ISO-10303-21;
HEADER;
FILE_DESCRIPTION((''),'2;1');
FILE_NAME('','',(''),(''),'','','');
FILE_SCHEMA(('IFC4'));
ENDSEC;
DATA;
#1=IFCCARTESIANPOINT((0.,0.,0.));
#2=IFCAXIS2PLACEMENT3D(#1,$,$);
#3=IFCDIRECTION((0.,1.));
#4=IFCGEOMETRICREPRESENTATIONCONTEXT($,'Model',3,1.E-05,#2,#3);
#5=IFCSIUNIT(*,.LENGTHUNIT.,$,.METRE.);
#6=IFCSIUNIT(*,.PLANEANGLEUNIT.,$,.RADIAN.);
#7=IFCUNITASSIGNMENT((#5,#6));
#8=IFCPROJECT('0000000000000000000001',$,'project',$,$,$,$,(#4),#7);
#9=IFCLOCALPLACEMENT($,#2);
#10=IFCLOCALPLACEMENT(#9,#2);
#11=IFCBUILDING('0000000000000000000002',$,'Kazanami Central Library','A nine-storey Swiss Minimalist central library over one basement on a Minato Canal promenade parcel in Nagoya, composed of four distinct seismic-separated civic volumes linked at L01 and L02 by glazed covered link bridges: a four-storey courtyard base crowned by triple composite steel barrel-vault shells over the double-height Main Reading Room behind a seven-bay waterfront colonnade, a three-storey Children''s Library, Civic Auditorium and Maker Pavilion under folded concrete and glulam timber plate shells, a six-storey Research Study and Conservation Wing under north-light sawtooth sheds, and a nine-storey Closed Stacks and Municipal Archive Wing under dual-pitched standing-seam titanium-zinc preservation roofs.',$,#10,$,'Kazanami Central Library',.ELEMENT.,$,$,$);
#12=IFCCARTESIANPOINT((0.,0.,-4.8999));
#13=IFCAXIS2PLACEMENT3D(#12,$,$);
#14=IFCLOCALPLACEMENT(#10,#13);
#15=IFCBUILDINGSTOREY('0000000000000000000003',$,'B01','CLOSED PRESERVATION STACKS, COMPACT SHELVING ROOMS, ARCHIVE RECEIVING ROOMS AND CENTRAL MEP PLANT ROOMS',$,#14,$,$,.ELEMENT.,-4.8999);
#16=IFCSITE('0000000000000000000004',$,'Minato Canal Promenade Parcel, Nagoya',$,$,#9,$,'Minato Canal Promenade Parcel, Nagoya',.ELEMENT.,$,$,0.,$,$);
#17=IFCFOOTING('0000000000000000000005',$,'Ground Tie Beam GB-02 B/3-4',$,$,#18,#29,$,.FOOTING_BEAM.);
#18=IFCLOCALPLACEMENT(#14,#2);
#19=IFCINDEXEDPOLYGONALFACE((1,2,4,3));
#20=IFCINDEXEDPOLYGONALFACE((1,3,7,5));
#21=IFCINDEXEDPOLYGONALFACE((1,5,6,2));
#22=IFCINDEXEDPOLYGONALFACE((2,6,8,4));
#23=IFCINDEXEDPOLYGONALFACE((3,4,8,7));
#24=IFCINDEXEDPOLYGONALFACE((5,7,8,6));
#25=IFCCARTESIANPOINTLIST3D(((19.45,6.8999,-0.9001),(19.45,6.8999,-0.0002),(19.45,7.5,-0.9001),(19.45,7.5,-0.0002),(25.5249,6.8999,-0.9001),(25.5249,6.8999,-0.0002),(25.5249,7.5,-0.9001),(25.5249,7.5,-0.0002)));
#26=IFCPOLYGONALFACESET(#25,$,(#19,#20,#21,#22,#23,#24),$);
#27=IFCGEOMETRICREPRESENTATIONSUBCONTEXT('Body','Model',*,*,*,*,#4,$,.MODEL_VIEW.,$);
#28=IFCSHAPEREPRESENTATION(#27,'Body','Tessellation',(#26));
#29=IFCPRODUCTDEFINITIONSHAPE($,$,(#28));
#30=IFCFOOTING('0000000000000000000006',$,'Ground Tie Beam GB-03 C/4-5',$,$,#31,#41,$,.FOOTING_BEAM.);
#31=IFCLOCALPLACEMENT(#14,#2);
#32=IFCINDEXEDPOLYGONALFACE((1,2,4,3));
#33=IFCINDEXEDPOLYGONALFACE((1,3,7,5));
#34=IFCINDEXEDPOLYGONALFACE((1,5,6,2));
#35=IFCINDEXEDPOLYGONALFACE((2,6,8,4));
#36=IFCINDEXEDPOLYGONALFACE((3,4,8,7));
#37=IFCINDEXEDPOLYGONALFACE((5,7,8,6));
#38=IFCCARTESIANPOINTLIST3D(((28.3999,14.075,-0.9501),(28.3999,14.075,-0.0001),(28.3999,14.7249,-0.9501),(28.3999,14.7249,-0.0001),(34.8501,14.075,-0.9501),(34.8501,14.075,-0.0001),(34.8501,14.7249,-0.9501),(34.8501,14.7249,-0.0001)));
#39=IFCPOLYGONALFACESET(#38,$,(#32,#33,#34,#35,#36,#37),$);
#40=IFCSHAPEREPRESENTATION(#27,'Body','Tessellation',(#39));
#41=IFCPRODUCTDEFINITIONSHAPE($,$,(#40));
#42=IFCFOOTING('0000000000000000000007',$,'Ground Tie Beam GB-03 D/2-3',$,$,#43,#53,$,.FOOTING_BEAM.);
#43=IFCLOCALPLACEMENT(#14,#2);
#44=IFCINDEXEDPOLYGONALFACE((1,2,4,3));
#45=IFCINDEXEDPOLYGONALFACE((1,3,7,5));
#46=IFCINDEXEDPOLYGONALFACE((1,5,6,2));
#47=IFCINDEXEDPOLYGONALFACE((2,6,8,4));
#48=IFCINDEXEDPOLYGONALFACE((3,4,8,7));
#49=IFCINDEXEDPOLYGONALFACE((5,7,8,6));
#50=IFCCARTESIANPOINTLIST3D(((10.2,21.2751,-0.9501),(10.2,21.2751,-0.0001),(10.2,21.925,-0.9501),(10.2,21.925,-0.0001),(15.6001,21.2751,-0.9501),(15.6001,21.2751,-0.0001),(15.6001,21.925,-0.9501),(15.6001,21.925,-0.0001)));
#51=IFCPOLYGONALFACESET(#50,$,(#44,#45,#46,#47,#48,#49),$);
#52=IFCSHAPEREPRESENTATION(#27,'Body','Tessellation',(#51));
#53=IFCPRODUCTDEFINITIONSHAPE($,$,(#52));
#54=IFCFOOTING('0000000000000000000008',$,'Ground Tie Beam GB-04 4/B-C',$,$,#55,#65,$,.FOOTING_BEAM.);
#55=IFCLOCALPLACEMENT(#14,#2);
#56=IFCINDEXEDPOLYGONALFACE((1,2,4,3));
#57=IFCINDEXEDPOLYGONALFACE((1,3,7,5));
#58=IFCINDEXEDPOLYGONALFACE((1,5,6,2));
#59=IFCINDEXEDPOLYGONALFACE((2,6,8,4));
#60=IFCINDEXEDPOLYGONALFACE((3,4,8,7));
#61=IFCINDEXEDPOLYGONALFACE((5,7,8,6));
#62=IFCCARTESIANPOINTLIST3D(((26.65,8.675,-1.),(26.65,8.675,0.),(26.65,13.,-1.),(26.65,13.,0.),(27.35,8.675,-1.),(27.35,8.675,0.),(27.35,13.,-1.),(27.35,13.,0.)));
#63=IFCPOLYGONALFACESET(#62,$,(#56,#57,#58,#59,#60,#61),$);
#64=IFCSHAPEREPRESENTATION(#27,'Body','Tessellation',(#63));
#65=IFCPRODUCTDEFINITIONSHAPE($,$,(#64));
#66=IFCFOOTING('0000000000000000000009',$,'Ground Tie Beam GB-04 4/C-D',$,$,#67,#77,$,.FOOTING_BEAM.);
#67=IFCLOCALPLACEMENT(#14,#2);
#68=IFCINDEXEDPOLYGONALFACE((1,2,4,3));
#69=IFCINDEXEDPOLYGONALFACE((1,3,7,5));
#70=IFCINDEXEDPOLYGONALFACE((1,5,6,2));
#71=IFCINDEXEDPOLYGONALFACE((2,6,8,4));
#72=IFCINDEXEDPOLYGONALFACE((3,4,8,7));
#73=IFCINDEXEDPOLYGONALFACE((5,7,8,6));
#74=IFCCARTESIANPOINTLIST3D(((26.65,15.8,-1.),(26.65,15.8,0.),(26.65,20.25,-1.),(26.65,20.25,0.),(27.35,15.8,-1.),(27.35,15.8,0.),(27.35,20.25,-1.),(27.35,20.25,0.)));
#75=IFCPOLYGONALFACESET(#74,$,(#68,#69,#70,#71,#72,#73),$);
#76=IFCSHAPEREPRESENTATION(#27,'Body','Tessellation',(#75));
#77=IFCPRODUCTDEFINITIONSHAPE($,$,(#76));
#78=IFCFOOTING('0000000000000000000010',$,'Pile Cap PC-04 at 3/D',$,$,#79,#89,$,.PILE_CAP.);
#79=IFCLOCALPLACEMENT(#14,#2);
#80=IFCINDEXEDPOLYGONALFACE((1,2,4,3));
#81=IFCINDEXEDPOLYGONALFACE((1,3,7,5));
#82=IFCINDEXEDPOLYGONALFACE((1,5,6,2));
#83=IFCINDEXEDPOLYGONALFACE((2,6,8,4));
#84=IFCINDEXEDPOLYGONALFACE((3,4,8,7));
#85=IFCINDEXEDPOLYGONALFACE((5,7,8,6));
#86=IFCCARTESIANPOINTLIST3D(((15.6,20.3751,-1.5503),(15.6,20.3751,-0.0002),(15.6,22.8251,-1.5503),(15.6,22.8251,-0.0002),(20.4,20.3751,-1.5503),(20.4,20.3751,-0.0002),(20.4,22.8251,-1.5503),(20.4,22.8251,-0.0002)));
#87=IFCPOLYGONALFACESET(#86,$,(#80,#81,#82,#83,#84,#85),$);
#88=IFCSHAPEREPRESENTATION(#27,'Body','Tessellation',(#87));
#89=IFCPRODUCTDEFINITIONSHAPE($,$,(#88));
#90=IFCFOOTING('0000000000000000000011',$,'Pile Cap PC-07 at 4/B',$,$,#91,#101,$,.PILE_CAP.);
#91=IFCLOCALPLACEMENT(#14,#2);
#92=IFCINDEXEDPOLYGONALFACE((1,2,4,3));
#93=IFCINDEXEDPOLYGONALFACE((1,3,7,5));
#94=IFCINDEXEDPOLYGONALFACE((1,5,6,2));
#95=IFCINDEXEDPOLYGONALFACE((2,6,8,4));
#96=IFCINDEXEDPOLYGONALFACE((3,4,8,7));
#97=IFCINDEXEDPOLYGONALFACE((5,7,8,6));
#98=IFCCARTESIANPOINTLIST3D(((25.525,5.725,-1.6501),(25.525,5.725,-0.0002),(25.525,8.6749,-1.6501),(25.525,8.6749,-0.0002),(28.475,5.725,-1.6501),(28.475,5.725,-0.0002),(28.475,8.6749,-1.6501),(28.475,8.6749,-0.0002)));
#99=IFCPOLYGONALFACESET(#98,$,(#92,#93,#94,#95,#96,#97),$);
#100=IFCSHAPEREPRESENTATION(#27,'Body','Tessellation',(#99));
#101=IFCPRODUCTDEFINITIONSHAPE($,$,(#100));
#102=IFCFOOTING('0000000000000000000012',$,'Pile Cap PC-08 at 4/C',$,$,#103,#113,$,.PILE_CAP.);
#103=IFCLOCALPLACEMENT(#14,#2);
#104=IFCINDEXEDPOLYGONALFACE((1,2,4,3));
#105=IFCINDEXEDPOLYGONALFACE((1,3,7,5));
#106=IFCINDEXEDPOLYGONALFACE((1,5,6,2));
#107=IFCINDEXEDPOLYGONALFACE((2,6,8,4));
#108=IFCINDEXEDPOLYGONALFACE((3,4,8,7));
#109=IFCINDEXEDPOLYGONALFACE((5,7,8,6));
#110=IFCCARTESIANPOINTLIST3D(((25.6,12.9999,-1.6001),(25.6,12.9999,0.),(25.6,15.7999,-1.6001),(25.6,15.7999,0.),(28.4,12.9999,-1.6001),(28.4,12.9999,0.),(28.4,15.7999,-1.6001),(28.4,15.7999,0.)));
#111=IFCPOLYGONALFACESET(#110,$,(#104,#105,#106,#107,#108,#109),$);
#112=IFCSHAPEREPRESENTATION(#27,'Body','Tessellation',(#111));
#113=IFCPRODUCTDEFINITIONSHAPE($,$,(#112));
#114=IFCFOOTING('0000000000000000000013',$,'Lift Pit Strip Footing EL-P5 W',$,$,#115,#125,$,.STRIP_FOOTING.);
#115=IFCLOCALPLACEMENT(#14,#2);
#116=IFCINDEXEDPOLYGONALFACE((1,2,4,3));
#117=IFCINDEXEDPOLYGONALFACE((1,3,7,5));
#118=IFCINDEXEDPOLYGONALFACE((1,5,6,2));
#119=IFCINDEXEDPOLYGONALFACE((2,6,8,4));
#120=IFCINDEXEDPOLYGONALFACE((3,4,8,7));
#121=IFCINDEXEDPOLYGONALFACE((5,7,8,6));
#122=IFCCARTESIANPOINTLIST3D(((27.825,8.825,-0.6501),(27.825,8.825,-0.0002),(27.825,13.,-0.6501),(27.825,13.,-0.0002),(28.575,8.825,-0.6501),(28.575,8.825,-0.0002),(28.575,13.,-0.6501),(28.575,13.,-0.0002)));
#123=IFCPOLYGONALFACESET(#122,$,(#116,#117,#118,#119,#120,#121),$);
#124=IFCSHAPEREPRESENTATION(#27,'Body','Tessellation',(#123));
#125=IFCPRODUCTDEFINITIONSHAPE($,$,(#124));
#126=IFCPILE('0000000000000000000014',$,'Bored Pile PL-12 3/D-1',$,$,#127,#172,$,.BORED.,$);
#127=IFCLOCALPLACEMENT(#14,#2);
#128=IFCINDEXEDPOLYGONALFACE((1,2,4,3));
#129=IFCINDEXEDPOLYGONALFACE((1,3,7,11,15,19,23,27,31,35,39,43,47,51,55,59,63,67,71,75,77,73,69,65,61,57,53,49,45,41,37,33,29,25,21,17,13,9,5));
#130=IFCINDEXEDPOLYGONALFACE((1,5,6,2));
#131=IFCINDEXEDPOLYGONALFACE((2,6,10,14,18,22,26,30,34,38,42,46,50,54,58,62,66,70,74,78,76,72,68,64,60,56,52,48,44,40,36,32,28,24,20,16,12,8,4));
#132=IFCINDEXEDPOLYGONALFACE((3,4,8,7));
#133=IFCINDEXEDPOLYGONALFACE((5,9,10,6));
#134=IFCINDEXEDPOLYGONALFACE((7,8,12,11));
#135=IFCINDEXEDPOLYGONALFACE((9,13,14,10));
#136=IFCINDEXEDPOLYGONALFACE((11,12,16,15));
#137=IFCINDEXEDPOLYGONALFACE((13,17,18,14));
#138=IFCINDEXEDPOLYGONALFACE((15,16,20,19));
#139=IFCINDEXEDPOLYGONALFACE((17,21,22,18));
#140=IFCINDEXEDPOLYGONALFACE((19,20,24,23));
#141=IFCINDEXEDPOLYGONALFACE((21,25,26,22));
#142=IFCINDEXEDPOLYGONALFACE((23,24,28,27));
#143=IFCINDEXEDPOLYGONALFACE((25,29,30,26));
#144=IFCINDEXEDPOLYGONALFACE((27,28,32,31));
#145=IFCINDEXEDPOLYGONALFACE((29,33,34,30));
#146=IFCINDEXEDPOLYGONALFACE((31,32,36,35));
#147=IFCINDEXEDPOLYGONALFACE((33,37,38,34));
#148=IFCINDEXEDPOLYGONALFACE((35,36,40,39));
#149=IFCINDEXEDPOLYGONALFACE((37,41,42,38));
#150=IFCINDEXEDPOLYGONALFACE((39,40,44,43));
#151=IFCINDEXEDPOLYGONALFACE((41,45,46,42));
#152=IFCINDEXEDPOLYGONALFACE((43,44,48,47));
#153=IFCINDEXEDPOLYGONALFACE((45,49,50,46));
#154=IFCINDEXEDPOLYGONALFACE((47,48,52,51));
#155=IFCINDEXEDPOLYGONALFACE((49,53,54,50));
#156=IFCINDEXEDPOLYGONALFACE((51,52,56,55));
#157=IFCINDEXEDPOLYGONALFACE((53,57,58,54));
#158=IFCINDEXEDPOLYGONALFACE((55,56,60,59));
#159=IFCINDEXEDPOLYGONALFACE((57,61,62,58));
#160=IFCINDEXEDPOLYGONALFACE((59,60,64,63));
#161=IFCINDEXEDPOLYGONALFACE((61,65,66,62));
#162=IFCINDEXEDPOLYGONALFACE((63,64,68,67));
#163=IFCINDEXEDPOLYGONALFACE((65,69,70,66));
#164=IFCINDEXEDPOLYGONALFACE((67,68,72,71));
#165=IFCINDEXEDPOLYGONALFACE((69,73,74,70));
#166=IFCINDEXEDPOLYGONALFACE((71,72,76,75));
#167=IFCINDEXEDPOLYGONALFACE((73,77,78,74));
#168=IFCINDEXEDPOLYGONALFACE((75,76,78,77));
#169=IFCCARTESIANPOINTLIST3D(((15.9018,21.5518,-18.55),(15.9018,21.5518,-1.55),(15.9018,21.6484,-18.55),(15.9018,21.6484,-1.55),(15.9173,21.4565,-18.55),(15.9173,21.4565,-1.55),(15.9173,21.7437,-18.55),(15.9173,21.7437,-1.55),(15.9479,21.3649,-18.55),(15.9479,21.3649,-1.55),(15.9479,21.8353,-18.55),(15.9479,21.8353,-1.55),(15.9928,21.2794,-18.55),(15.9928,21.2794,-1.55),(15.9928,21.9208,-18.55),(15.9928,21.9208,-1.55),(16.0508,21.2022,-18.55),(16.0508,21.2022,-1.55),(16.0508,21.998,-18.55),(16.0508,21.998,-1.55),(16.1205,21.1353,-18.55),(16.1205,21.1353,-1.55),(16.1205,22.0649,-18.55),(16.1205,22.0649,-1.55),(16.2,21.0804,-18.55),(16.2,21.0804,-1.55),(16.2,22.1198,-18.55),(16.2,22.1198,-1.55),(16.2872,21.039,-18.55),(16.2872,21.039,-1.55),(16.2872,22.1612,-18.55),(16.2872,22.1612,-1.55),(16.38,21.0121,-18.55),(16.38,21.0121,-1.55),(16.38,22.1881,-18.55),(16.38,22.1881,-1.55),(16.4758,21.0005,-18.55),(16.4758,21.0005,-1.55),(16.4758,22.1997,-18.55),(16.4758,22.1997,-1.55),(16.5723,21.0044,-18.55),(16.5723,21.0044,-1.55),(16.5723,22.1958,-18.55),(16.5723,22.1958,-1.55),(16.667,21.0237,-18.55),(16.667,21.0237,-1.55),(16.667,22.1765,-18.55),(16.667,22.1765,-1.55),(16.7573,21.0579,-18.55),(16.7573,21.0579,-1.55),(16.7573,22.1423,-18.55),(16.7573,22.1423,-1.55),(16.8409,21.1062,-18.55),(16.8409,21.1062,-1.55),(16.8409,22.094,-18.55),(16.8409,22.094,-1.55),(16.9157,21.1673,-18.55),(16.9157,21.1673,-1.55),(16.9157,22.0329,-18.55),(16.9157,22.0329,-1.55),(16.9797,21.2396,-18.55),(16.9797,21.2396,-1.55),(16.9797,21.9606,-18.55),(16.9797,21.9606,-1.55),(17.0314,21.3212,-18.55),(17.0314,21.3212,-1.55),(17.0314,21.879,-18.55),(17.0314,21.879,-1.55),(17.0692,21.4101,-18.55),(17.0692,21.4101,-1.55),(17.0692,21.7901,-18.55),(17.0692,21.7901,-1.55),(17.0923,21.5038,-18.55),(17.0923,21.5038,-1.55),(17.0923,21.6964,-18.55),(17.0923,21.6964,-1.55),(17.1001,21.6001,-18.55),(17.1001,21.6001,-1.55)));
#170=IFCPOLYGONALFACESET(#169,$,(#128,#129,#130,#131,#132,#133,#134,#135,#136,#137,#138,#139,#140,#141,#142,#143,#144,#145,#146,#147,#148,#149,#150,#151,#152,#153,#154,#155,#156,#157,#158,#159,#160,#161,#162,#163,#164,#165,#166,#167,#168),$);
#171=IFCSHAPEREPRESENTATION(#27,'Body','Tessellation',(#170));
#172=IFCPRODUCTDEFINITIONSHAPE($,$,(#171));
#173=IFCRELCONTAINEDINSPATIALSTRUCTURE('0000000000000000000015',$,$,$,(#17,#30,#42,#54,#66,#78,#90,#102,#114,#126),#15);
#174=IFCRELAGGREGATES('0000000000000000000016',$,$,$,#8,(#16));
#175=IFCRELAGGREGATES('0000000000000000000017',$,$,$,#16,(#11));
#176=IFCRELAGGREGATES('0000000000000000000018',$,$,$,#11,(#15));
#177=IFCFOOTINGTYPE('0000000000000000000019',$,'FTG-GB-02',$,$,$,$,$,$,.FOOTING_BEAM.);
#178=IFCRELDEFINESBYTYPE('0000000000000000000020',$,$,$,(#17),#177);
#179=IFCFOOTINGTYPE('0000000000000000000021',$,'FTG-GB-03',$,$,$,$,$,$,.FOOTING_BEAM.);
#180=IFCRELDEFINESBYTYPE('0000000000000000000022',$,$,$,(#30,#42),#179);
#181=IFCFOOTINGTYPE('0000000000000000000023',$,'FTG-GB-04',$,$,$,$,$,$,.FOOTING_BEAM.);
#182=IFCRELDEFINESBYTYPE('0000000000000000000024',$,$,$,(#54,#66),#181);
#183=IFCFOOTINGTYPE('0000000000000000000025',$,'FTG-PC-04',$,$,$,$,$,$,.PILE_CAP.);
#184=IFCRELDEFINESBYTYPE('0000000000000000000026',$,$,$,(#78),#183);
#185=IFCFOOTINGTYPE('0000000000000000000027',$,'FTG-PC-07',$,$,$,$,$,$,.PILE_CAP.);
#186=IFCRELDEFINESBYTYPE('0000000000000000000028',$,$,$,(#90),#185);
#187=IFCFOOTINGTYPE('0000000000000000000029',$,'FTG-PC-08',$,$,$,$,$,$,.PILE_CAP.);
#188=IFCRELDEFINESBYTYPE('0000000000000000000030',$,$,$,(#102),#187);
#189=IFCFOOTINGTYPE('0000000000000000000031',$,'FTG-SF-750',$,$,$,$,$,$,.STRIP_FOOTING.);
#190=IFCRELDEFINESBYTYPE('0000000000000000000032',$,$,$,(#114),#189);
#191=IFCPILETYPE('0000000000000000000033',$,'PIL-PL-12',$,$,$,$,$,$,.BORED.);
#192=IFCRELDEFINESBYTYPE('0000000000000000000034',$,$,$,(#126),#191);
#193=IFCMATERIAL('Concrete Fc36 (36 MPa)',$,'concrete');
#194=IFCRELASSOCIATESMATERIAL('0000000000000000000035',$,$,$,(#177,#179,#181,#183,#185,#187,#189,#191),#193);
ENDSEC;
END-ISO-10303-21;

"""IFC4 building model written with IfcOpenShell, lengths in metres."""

from ifc_helpers import new_model, si_unit, direction, frame, origin, origin_2d, place, context, subcontext, project, spatial, rectangle, circle, extrude, material, material_profile, profile_set, type_object, element, save


model = new_model("IFC4")

# Units and contexts
model_context = context("Model", 3, precision=1e-05, world=origin(), true_north=direction((0.0, 1.0)))
body_context = subcontext(model_context, "Body", "Model", "MODEL_VIEW")
ifc_project = project(units=[si_unit("LENGTHUNIT", "METRE"), si_unit("PLANEANGLEUNIT", "RADIAN")], contexts=[model_context])

# Site, building, storey
site_placement = place(None, origin())
site = spatial("IfcSite", under=ifc_project, at=site_placement, Name="Minato Canal Promenade Parcel, Nagoya", LongName="Minato Canal Promenade Parcel, Nagoya", CompositionType="ELEMENT", RefElevation=0.0)
building_placement = place(site_placement, origin())
building = spatial("IfcBuilding", under=site, at=building_placement, Name="Kazanami Central Library", Description="A nine-storey Swiss Minimalist central library over one basement on a Minato Canal promenade parcel in Nagoya, composed of four distinct seismic-separated civic volumes linked at L01 and L02 by glazed covered link bridges: a four-storey courtyard base crowned by triple composite steel barrel-vault shells over the double-height Main Reading Room behind a seven-bay waterfront colonnade, a three-storey Children's Library, Civic Auditorium and Maker Pavilion under folded concrete and glulam timber plate shells, a six-storey Research Study and Conservation Wing under north-light sawtooth sheds, and a nine-storey Closed Stacks and Municipal Archive Wing under dual-pitched standing-seam titanium-zinc preservation roofs.", LongName="Kazanami Central Library", CompositionType="ELEMENT")
storey_placement = place(building_placement, frame((0.0, 0.0, -4.8999)))
storey = spatial("IfcBuildingStorey", under=building, at=storey_placement, Name="B01", Description="CLOSED PRESERVATION STACKS, COMPACT SHELVING ROOMS, ARCHIVE RECEIVING ROOMS AND CENTRAL MEP PLANT ROOMS", CompositionType="ELEMENT", Elevation=-4.8999)

# Footings
ifc_material_1 = material(Name="Concrete Fc36 (36 MPa)", Category="concrete")
ifc_material_profile_1 = material_profile(ifc_material_1, rectangle(XDim=0.6001, YDim=0.8999, at=origin_2d()), Name="RC-600x900")
ifc_profile_set_1 = profile_set([ifc_material_profile_1], Name="Concrete Fc36 (36 MPa)")
footing_type_1 = type_object("IfcFootingType", Name="FTG-GB-02", PredefinedType="FOOTING_BEAM", material=ifc_profile_set_1)
footing_1_placement = place(storey_placement, frame((19.45, 7.2, -0.4502), z_axis=(1.0, 0.0, 0.0), x_axis=(0.0, 1.0, 0.0)))
element("IfcFooting", 1, at=footing_1_placement, inside=storey, type_object=footing_type_1, Name="Ground Tie Beam GB-02 B/3-4", PredefinedType="FOOTING_BEAM", context=body_context, shape_type="SweptSolid", body=[
    extrude(rectangle(XDim=0.6001, YDim=0.8999, at=origin_2d()), origin(), (0.0, 0.0, 1.0), 6.075),
])
ifc_material_profile_2 = material_profile(ifc_material_1, rectangle(XDim=0.6499, YDim=0.95, at=origin_2d()), Name="RC-650x950")
ifc_profile_set_2 = profile_set([ifc_material_profile_2], Name="Concrete Fc36 (36 MPa)")
footing_type_2 = type_object("IfcFootingType", Name="FTG-GB-03", PredefinedType="FOOTING_BEAM", material=ifc_profile_set_2)
footing_2_placement = place(storey_placement, frame((28.3999, 14.3999, -0.4751), z_axis=(1.0, 0.0, 0.0), x_axis=(0.0, 1.0, 0.0)))
element("IfcFooting", 2, at=footing_2_placement, inside=storey, type_object=footing_type_2, Name="Ground Tie Beam GB-03 C/4-5", PredefinedType="FOOTING_BEAM", context=body_context, shape_type="SweptSolid", body=[
    extrude(rectangle(XDim=0.6499, YDim=0.95, at=origin_2d()), origin(), (0.0, 0.0, 1.0), 6.4502),
])
footing_3_placement = place(storey_placement, frame((10.2, 21.6001, -0.4751), z_axis=(1.0, 0.0, 0.0), x_axis=(0.0, 1.0, 0.0)))
element("IfcFooting", 3, at=footing_3_placement, inside=storey, type_object=footing_type_2, Name="Ground Tie Beam GB-03 D/2-3", PredefinedType="FOOTING_BEAM", context=body_context, shape_type="SweptSolid", body=[
    extrude(rectangle(XDim=0.6499, YDim=0.95, at=origin_2d()), origin(), (0.0, 0.0, 1.0), 5.4001),
])
ifc_material_profile_3 = material_profile(ifc_material_1, rectangle(XDim=0.7, YDim=1.0, at=origin_2d()), Name="RC-700x1000")
ifc_profile_set_3 = profile_set([ifc_material_profile_3], Name="Concrete Fc36 (36 MPa)")
footing_type_3 = type_object("IfcFootingType", Name="FTG-GB-04", PredefinedType="FOOTING_BEAM", material=ifc_profile_set_3)
footing_4_placement = place(storey_placement, frame((27.0, 8.675, -0.5), z_axis=(0.0, 1.0, 0.0), x_axis=(-1.0, 0.0, 0.0)))
element("IfcFooting", 4, at=footing_4_placement, inside=storey, type_object=footing_type_3, Name="Ground Tie Beam GB-04 4/B-C", PredefinedType="FOOTING_BEAM", context=body_context, shape_type="SweptSolid", body=[
    extrude(rectangle(XDim=0.7, YDim=1.0, at=origin_2d()), origin(), (0.0, 0.0, 1.0), 4.325),
])
footing_5_placement = place(storey_placement, frame((27.0, 15.8, -0.5), z_axis=(0.0, 1.0, 0.0), x_axis=(-1.0, 0.0, 0.0)))
element("IfcFooting", 5, at=footing_5_placement, inside=storey, type_object=footing_type_3, Name="Ground Tie Beam GB-04 4/C-D", PredefinedType="FOOTING_BEAM", context=body_context, shape_type="SweptSolid", body=[
    extrude(rectangle(XDim=0.7, YDim=1.0, at=origin_2d()), origin(), (0.0, 0.0, 1.0), 4.45),
])
footing_type_4 = type_object("IfcFootingType", Name="FTG-PC-04", PredefinedType="PILE_CAP", material=ifc_material_1)
footing_6_placement = place(storey_placement, frame((18.0, 21.6001, -1.5503), z_axis=(0.0, 0.0, 1.0), x_axis=(1.0, 0.0, 0.0)))
element("IfcFooting", 6, at=footing_6_placement, inside=storey, type_object=footing_type_4, Name="Pile Cap PC-04 at 3/D", PredefinedType="PILE_CAP", context=body_context, shape_type="SweptSolid", body=[
    extrude(rectangle(XDim=4.8, YDim=2.45, at=origin_2d()), origin(), (0.0, 0.0, 1.0), 1.55),
])
footing_type_5 = type_object("IfcFootingType", Name="FTG-PC-07", PredefinedType="PILE_CAP", material=ifc_material_1)
footing_7_placement = place(storey_placement, frame((27.0, 7.2, -1.6501), z_axis=(0.0, 0.0, 1.0), x_axis=(1.0, 0.0, 0.0)))
element("IfcFooting", 7, at=footing_7_placement, inside=storey, type_object=footing_type_5, Name="Pile Cap PC-07 at 4/B", PredefinedType="PILE_CAP", context=body_context, shape_type="SweptSolid", body=[
    extrude(rectangle(XDim=2.95, YDim=2.95, at=origin_2d()), origin(), (0.0, 0.0, 1.0), 1.6499),
])
footing_type_6 = type_object("IfcFootingType", Name="FTG-PC-08", PredefinedType="PILE_CAP", material=ifc_material_1)
footing_8_placement = place(storey_placement, frame((27.0, 14.3999, -1.6001), z_axis=(0.0, 0.0, 1.0), x_axis=(1.0, 0.0, 0.0)))
element("IfcFooting", 8, at=footing_8_placement, inside=storey, type_object=footing_type_6, Name="Pile Cap PC-08 at 4/C", PredefinedType="PILE_CAP", context=body_context, shape_type="SweptSolid", body=[
    extrude(rectangle(XDim=2.8, YDim=2.8, at=origin_2d()), origin(), (0.0, 0.0, 1.0), 1.6001),
])
ifc_material_profile_4 = material_profile(ifc_material_1, rectangle(XDim=0.75, YDim=0.6499, at=origin_2d()), Name="RC-750x650")
ifc_profile_set_4 = profile_set([ifc_material_profile_4], Name="Concrete Fc36 (36 MPa)")
footing_type_7 = type_object("IfcFootingType", Name="FTG-SF-750", PredefinedType="STRIP_FOOTING", material=ifc_profile_set_4)
footing_9_placement = place(storey_placement, frame((28.2, 8.825, -0.3252), z_axis=(0.0, 1.0, 0.0), x_axis=(-1.0, 0.0, 0.0)))
element("IfcFooting", 9, at=footing_9_placement, inside=storey, type_object=footing_type_7, Name="Lift Pit Strip Footing EL-P5 W", PredefinedType="STRIP_FOOTING", context=body_context, shape_type="SweptSolid", body=[
    extrude(rectangle(XDim=0.75, YDim=0.6499, at=origin_2d()), origin(), (0.0, 0.0, 1.0), 4.175),
])

# Pile
ifc_material_profile_5 = material_profile(ifc_material_1, circle(Radius=0.6001, at=origin_2d()), Name="BORED-D1200")
ifc_profile_set_5 = profile_set([ifc_material_profile_5], Name="Concrete Fc36 (36 MPa)")
pile_type_1 = type_object("IfcPileType", Name="PIL-PL-12", PredefinedType="BORED", material=ifc_profile_set_5)
pile_1_placement = place(storey_placement, frame((16.5, 21.6001, -1.55), z_axis=(0.0, 0.0, -1.0), x_axis=(1.0, 0.0, 0.0)))
element("IfcPile", 10, at=pile_1_placement, inside=storey, type_object=pile_type_1, Name="Bored Pile PL-12 3/D-1", PredefinedType="BORED", context=body_context, shape_type="SweptSolid", body=[
    extrude(circle(Radius=0.6001, at=origin_2d()), origin(), (0.0, 0.0, 1.0), 17.0),
])

save(model, "model.ifc")
